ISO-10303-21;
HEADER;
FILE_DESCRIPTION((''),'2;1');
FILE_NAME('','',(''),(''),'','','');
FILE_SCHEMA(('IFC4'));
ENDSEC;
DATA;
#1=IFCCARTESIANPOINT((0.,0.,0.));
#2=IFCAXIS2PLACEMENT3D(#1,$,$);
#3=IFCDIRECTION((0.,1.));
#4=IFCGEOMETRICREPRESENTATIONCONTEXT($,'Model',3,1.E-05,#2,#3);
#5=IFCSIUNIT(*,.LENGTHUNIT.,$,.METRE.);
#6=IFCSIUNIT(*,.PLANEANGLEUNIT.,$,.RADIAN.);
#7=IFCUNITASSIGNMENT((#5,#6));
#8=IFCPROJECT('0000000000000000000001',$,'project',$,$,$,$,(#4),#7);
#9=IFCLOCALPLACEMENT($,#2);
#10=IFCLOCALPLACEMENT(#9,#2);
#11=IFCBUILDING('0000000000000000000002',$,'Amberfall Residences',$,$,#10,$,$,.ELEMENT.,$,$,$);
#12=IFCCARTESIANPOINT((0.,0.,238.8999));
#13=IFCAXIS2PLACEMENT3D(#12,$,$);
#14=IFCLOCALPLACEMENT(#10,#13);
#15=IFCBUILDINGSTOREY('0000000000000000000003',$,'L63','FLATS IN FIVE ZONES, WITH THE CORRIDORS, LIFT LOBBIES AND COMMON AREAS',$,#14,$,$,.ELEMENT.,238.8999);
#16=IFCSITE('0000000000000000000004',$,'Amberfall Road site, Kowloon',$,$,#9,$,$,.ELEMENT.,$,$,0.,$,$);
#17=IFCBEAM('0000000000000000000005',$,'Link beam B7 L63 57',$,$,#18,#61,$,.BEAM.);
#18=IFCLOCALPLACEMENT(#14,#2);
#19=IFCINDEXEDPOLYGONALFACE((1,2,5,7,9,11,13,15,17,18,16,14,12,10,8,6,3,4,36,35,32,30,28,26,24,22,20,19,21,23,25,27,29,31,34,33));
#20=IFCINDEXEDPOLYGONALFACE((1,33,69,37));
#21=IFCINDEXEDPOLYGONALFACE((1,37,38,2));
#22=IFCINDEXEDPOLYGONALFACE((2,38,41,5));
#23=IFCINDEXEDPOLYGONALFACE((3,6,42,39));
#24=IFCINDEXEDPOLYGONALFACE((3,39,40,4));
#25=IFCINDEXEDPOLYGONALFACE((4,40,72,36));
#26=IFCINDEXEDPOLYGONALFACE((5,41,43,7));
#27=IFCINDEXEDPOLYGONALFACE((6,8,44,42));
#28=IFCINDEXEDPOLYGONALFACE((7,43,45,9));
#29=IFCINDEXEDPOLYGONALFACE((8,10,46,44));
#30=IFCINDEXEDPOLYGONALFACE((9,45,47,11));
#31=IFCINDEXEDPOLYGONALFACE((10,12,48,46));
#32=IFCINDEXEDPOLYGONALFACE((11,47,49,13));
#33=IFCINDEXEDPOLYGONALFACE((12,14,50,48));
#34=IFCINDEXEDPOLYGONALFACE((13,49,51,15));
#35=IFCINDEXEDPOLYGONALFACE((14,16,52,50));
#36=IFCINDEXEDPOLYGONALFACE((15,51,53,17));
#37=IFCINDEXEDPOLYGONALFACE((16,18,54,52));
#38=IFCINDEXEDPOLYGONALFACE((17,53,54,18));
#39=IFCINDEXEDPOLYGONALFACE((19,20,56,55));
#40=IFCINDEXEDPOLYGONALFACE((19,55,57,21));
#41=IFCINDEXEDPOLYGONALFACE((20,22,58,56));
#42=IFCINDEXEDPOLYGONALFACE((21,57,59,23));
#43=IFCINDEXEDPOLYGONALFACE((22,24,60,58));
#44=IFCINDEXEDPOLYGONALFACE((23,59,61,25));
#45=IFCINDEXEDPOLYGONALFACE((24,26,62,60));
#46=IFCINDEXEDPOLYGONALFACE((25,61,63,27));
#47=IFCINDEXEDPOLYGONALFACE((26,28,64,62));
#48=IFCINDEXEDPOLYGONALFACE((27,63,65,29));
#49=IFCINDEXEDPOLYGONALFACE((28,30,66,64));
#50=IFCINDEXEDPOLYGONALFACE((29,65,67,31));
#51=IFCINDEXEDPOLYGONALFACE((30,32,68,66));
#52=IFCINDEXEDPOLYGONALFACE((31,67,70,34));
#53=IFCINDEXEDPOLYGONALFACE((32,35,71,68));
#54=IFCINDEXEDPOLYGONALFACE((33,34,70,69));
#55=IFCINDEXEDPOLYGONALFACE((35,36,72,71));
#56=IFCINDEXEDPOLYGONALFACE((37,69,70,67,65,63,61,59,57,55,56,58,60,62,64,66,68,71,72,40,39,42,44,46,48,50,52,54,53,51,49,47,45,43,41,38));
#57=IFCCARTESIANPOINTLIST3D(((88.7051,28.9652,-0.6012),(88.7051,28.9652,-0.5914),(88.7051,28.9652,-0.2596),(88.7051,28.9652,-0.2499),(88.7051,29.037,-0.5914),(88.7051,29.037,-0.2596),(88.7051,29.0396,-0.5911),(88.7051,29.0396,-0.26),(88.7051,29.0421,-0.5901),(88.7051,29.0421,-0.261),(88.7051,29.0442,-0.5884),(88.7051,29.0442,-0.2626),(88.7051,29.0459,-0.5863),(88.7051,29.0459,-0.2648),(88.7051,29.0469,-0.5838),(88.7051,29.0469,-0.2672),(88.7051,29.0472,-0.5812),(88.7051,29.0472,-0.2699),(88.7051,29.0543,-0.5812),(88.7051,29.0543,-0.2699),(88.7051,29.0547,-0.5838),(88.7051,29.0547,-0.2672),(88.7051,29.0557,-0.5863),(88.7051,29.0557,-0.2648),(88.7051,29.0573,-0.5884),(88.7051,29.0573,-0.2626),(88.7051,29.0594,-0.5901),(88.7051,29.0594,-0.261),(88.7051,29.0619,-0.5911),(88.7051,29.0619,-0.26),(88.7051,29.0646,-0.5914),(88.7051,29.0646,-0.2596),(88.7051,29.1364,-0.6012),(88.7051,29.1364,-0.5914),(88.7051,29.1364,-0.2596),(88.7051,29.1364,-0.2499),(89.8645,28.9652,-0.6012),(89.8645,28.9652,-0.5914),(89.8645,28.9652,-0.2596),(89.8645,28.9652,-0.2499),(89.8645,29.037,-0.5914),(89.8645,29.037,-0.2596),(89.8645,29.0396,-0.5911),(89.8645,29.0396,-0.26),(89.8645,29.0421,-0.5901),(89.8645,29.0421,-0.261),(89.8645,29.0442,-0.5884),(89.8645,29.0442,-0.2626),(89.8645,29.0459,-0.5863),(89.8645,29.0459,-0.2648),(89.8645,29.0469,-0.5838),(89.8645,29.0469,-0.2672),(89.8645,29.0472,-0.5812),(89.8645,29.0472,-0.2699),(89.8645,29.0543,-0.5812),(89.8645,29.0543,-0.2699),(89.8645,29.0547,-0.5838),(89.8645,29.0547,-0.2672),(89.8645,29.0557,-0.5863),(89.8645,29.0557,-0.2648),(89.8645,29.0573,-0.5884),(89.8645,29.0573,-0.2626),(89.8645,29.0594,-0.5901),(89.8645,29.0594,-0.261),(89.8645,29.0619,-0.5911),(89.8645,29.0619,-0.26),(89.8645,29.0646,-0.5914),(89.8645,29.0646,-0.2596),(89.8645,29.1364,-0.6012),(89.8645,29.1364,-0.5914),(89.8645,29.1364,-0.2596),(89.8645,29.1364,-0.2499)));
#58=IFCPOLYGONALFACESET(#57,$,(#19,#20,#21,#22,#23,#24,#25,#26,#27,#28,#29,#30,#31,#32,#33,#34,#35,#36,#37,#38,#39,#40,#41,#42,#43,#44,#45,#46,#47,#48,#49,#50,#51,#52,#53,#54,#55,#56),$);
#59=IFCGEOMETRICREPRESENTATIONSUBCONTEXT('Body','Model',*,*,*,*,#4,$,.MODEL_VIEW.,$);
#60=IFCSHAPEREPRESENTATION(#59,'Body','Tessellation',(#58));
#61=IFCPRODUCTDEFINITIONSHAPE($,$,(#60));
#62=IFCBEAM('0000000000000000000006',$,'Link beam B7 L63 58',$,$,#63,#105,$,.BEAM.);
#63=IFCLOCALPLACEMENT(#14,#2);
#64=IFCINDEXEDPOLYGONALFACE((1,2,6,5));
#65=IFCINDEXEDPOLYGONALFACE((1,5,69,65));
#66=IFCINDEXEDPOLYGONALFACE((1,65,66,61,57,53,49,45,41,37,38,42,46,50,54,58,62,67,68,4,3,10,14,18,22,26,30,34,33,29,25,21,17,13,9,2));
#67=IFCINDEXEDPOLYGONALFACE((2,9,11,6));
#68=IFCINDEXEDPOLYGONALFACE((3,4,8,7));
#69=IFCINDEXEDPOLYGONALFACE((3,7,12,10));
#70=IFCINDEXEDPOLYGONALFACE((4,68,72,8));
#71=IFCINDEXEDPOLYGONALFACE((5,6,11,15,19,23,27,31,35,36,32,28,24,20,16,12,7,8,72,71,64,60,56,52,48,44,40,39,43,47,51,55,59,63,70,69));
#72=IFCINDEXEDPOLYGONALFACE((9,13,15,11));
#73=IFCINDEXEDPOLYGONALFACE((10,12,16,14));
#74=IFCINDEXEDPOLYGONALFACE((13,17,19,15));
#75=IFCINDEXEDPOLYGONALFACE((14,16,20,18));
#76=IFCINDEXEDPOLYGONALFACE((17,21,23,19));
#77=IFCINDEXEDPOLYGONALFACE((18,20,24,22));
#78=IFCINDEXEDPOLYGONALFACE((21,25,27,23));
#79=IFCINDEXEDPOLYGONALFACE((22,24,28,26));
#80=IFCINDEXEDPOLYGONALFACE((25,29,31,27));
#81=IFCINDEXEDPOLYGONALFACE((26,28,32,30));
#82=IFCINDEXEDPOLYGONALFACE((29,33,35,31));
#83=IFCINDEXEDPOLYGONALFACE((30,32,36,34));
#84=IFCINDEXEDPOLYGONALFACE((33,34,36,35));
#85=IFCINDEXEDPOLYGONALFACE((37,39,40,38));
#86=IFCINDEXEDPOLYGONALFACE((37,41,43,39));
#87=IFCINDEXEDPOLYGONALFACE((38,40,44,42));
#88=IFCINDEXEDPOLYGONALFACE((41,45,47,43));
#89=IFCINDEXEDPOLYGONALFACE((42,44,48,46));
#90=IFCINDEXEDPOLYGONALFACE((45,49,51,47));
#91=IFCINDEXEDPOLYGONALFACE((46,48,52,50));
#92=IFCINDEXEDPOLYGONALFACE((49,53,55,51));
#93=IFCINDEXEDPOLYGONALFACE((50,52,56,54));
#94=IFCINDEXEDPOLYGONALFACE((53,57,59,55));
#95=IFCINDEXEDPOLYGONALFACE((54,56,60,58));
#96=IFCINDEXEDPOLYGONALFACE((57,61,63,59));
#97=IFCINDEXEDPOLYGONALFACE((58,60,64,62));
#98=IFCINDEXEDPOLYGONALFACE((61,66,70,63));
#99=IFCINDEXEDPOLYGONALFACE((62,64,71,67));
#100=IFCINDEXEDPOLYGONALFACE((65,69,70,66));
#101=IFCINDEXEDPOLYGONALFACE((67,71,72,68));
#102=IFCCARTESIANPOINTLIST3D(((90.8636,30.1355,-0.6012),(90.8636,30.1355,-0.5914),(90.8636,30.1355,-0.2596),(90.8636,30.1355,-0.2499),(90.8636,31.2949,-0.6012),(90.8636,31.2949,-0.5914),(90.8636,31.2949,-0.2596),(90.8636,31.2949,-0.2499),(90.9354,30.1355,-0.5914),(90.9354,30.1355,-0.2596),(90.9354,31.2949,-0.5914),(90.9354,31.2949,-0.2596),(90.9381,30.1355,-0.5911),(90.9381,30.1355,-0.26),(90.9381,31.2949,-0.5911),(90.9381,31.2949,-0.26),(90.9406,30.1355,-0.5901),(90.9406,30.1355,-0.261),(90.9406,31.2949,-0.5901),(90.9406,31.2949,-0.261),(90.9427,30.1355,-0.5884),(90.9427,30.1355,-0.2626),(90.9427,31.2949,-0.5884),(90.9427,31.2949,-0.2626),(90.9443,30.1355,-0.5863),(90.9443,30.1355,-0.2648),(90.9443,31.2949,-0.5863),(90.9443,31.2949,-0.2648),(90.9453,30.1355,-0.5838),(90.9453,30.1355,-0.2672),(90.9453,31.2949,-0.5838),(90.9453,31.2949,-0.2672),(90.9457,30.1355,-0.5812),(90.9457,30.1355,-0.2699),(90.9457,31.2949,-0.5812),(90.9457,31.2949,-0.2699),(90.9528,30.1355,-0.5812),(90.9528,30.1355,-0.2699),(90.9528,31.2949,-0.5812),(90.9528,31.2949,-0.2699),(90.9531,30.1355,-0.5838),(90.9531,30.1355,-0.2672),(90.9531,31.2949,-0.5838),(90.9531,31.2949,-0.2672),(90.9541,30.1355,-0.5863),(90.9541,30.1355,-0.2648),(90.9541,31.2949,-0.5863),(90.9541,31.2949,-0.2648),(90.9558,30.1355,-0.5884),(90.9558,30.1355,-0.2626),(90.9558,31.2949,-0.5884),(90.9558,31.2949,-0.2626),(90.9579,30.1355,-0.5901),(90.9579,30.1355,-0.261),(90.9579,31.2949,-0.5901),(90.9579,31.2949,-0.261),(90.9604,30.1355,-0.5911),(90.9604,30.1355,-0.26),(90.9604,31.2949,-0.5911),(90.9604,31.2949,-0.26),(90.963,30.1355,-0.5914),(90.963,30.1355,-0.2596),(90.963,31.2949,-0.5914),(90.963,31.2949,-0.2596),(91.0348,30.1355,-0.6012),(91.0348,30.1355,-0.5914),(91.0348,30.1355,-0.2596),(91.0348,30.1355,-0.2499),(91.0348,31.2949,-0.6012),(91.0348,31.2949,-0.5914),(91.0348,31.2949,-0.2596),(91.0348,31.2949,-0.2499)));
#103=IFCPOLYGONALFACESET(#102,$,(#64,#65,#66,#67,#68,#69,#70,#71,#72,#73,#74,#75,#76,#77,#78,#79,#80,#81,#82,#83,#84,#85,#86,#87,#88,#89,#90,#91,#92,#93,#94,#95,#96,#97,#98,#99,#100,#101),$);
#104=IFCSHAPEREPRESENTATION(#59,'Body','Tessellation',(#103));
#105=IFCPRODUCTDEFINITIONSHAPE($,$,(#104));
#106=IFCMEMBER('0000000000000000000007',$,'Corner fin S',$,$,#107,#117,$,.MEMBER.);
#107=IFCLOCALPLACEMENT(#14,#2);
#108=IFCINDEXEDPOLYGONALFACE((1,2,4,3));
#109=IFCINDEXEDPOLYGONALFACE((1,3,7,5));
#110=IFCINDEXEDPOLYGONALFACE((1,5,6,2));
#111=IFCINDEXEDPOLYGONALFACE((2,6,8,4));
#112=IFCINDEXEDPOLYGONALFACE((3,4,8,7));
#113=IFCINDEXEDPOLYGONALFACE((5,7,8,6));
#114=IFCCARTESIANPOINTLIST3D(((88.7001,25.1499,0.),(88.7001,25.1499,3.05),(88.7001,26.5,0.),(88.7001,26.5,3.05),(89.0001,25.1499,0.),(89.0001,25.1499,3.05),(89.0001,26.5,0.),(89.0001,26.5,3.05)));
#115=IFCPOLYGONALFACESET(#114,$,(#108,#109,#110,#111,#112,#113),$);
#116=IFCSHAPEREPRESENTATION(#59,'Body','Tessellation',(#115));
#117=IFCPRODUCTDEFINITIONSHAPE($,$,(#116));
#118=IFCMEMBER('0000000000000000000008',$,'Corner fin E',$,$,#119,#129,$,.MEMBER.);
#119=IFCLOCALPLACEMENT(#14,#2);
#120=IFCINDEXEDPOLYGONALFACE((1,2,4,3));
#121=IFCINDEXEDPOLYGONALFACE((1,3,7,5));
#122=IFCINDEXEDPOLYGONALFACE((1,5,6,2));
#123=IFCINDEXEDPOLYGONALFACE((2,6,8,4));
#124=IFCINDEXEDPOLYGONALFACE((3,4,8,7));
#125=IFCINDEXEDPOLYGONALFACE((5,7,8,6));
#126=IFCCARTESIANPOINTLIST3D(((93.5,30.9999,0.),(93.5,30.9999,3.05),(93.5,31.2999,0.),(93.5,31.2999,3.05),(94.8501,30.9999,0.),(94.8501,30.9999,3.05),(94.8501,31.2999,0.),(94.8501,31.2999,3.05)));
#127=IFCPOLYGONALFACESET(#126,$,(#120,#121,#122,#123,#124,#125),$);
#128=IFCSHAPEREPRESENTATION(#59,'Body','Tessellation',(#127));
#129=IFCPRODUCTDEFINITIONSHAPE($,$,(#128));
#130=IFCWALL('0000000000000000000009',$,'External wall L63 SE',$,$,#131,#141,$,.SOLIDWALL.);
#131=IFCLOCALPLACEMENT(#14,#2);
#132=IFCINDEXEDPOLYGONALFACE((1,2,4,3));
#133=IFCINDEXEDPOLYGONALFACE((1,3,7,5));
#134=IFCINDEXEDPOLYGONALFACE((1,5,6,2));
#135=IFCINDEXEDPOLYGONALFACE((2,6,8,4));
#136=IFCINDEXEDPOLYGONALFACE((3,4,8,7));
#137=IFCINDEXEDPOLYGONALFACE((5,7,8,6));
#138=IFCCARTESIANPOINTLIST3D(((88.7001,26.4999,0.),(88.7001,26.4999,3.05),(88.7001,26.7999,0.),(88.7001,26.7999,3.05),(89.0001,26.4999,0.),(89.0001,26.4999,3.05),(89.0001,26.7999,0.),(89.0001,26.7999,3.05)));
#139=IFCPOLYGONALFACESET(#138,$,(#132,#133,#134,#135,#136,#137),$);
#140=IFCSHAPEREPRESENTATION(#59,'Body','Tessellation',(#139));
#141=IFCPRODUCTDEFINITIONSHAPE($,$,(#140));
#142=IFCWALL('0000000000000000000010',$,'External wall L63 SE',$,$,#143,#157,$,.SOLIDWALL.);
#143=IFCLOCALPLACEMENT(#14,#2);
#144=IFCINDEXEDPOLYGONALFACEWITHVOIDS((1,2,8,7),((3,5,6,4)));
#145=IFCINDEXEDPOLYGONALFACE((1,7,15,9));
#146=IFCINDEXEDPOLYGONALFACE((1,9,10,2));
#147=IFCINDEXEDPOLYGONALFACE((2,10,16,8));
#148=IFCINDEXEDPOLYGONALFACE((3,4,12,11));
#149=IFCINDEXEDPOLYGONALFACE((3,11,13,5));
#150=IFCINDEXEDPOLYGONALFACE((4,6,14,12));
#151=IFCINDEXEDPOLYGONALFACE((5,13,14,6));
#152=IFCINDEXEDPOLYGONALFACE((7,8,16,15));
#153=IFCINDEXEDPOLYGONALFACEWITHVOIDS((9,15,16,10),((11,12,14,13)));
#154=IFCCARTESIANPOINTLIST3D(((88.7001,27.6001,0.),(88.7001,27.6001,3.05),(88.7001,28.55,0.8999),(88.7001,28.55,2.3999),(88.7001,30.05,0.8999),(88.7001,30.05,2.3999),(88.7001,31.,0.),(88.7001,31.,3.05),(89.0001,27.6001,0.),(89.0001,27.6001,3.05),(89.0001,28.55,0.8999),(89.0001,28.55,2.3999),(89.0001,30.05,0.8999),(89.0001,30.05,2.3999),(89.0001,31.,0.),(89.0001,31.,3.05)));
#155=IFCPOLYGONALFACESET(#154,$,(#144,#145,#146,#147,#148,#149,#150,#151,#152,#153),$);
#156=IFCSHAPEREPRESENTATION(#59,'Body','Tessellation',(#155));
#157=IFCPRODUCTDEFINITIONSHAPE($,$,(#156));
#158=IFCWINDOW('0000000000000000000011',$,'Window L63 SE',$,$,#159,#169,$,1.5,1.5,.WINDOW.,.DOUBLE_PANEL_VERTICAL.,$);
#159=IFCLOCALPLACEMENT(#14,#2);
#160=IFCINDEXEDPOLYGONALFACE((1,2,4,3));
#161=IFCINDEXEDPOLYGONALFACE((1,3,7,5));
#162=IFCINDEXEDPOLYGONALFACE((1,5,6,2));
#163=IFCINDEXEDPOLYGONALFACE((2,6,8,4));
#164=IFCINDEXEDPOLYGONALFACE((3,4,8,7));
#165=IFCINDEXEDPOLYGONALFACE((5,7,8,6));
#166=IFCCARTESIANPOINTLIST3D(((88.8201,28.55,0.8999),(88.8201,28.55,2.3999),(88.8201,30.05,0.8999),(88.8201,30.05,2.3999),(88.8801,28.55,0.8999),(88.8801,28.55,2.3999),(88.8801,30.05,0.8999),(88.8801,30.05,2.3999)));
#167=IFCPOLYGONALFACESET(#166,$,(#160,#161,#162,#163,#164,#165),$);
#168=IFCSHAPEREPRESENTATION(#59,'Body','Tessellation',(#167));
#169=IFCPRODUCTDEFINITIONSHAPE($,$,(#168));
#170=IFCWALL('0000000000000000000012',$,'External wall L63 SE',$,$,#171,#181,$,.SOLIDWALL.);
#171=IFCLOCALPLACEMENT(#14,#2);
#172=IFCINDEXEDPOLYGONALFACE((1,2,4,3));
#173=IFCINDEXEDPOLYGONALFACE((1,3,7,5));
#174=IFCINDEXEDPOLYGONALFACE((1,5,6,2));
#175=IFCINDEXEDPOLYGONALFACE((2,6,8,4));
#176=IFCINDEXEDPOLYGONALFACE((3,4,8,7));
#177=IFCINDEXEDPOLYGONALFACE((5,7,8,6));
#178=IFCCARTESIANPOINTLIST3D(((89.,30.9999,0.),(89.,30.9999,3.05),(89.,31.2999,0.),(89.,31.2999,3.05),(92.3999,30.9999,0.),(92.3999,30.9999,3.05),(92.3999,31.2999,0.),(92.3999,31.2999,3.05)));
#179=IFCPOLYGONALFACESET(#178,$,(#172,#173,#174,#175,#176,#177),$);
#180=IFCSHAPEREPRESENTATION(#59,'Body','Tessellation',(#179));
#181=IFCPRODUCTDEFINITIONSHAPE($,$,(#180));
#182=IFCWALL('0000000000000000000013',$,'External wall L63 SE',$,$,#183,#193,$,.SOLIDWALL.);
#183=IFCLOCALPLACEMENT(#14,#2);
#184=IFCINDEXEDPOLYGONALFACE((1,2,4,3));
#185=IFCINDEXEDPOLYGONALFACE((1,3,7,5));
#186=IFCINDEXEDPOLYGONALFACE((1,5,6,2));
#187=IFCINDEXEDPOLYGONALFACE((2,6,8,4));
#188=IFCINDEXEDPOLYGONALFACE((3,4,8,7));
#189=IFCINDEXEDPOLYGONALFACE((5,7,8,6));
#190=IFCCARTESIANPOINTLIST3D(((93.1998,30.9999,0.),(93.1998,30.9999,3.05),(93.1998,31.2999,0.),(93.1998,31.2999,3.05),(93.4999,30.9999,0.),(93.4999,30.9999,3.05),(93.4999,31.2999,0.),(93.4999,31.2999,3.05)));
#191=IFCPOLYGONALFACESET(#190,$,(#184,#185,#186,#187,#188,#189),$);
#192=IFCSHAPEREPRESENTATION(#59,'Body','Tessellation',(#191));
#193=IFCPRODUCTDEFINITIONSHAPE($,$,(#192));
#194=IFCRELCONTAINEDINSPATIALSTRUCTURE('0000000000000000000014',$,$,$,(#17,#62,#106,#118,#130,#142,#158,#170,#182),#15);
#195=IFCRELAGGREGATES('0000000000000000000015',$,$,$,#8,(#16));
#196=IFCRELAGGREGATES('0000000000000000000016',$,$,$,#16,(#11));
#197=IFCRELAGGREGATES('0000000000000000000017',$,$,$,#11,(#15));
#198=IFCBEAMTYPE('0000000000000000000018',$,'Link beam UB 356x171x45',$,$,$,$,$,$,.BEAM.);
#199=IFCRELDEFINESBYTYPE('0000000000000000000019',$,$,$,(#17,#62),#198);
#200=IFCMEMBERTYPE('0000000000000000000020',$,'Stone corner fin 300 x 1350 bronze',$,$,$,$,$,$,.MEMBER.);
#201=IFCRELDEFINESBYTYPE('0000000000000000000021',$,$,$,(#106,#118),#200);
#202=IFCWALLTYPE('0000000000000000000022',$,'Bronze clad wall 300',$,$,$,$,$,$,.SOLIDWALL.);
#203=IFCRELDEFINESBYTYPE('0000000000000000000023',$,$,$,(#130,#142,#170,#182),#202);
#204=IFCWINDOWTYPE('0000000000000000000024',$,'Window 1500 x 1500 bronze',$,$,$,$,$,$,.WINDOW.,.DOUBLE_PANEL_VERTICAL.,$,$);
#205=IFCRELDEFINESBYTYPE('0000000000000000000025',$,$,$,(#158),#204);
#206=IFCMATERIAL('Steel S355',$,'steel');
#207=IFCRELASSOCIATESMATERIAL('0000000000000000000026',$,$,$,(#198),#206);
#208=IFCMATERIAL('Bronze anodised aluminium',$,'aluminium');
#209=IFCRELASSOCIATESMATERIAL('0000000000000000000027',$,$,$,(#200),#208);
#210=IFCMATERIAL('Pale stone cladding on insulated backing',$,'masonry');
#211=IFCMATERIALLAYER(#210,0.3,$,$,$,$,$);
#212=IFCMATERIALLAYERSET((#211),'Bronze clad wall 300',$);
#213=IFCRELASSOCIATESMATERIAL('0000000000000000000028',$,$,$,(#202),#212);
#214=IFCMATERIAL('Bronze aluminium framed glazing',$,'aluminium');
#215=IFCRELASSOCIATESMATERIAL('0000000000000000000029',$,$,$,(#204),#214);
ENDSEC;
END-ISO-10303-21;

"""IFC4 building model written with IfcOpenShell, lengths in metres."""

from ifc_helpers import new_model, si_unit, direction, frame, frame_2d, origin, origin_2d, place, context, subcontext, project, spatial, rectangle, i_section, extrude, material, layer, layer_set, material_profile, profile_set, type_object, element, fill, save


model = new_model("IFC4")

# Units and contexts
model_context = context("Model", 3, precision=1e-05, world=origin(), true_north=direction((0.0, 1.0)))
body_context = subcontext(model_context, "Body", "Model", "MODEL_VIEW")
ifc_project = project(units=[si_unit("LENGTHUNIT", "METRE"), si_unit("PLANEANGLEUNIT", "RADIAN")], contexts=[model_context])

# Site, building, storey
site_placement = place(None, origin())
site = spatial("IfcSite", under=ifc_project, at=site_placement, Name="Amberfall Road site, Kowloon", CompositionType="ELEMENT", RefElevation=0.0)
building_placement = place(site_placement, origin())
building = spatial("IfcBuilding", under=site, at=building_placement, Name="Amberfall Residences", CompositionType="ELEMENT")
storey_placement = place(building_placement, frame((0.0, 0.0, 238.8999)))
storey = spatial("IfcBuildingStorey", under=building, at=storey_placement, Name="L63", Description="FLATS IN FIVE ZONES, WITH THE CORRIDORS, LIFT LOBBIES AND COMMON AREAS", CompositionType="ELEMENT", Elevation=238.8999)

# Beams
ifc_material_1 = material(Name="Steel S355", Category="steel")
ifc_material_profile_1 = material_profile(ifc_material_1, i_section(OverallWidth=0.1711, OverallDepth=0.3513, WebThickness=0.0071, FlangeThickness=0.0098, FilletRadius=0.0103, at=origin_2d()), Name="UB 356x171x45")
ifc_profile_set_1 = profile_set([ifc_material_profile_1], Name="Steel S355")
beam_type_1 = type_object("IfcBeamType", Name="Link beam UB 356x171x45", PredefinedType="BEAM", material=ifc_profile_set_1)
for number, where, z_axis, x_axis, name in (
    (1, (89.8645, 29.0508, -0.4255), (-1.0, 0.0, 0.0), (0.0, -1.0, 0.0), "Link beam B7 L63 57"),
    (2, (90.9492, 30.1355, -0.4255), (0.0, 1.0, 0.0), (-1.0, 0.0, 0.0), "Link beam B7 L63 58"),
):
    element("IfcBeam", number, at=place(storey_placement, frame(where, z_axis=z_axis, x_axis=x_axis)), inside=storey, type_object=beam_type_1, Name=name, PredefinedType="BEAM", context=body_context, shape_type="SweptSolid", body=[
        extrude(i_section(OverallWidth=0.1711, OverallDepth=0.3513, WebThickness=0.0071, FlangeThickness=0.0098, FilletRadius=0.0103, at=origin_2d()), origin(), (0.0, 0.0, 1.0), 1.1594),
    ])

# Members
ifc_material_2 = material(Name="Bronze anodised aluminium", Category="aluminium")
ifc_material_profile_2 = material_profile(ifc_material_2, rectangle(XDim=1.3501, YDim=0.3, at=origin_2d()), Name="Stone corner fin 300 x 1350 bronze")
ifc_profile_set_2 = profile_set([ifc_material_profile_2], Name="Bronze anodised aluminium")
member_type = type_object("IfcMemberType", Name="Stone corner fin 300 x 1350 bronze", PredefinedType="MEMBER", material=ifc_profile_set_2)
for number, where, z_axis, x_axis, name in (
    (3, (88.8501, 25.825, 0.0), (0.0, 0.0, 1.0), (0.0, 1.0, 0.0), "Corner fin S"),
    (4, (94.175, 31.1499, 0.0), (0.0, 0.0, 1.0), (-1.0, 0.0, 0.0), "Corner fin E"),
):
    element("IfcMember", number, at=place(storey_placement, frame(where, z_axis=z_axis, x_axis=x_axis)), inside=storey, type_object=member_type, Name=name, PredefinedType="MEMBER", context=body_context, shape_type="SweptSolid", body=[
        extrude(rectangle(XDim=1.3501, YDim=0.3, at=origin_2d()), origin(), (0.0, 0.0, 1.0), 3.05),
    ])

# Wall
ifc_material_3 = material(Name="Pale stone cladding on insulated backing", Category="masonry")
ifc_layer_1 = layer(ifc_material_3, 0.3)
ifc_layer_set_1 = layer_set([ifc_layer_1], Name="Bronze clad wall 300")
wall_type_1 = type_object("IfcWallType", Name="Bronze clad wall 300", PredefinedType="SOLIDWALL", material=ifc_layer_set_1)
wall_1_placement = place(storey_placement, frame((88.8501, 26.5, 0.0), z_axis=(0.0, 0.0, 1.0), x_axis=(0.0, 1.0, 0.0)))
element("IfcWall", 5, at=wall_1_placement, inside=storey, type_object=wall_type_1, Name="External wall L63 SE", PredefinedType="SOLIDWALL", context=body_context, shape_type="SweptSolid", body=[
    extrude(rectangle(XDim=0.3, YDim=0.3, at=frame_2d((0.1499, 0.0))), origin(), (0.0, 0.0, 1.0), 3.05),
])

# Wall, opening, window
wall_2_placement = place(storey_placement, frame((88.8501, 27.6001, 0.0), z_axis=(0.0, 0.0, 1.0), x_axis=(0.0, 1.0, 0.0)))
wall_2 = element("IfcWall", 6, at=wall_2_placement, inside=storey, type_object=wall_type_1, Name="External wall L63 SE", PredefinedType="SOLIDWALL", context=body_context, shape_type="SweptSolid", body=[
    extrude(rectangle(XDim=3.3999, YDim=0.3, at=frame_2d((1.7, 0.0))), origin(), (0.0, 0.0, 1.0), 3.05),
])
opening_1_placement = place(wall_2_placement, frame((0.95, 0.0, 0.8999)))
opening_1 = element("IfcOpeningElement", 7, at=opening_1_placement, cuts=wall_2, PredefinedType="OPENING", context=body_context, shape_type="SweptSolid", body=[
    extrude(rectangle(XDim=1.5, YDim=1.5, at=frame_2d((0.75, 0.75))), frame((0.0, 0.1599, 0.0), z_axis=(0.0, -1.0, 0.0), x_axis=(1.0, 0.0, 0.0)), (0.0, 0.0, 1.0), 0.3201),
])
ifc_material_4 = material(Name="Bronze aluminium framed glazing", Category="aluminium")
window_type_1 = type_object("IfcWindowType", Name="Window 1500 x 1500 bronze", PartitioningType="DOUBLE_PANEL_VERTICAL", PredefinedType="WINDOW", material=ifc_material_4)
window_1_placement = place(opening_1_placement, origin())
window_1 = element("IfcWindow", 8, at=window_1_placement, inside=storey, type_object=window_type_1, Name="Window L63 SE", OverallHeight=1.5, OverallWidth=1.5, PartitioningType="DOUBLE_PANEL_VERTICAL", PredefinedType="WINDOW", context=body_context, shape_type="SweptSolid", body=[
    extrude(rectangle(XDim=1.5, YDim=1.5, at=frame_2d((0.75, 0.75))), frame((0.0, 0.03, 0.0), z_axis=(0.0, -1.0, 0.0), x_axis=(1.0, 0.0, 0.0)), (0.0, 0.0, 1.0), 0.0601),
])
fill(opening_1, window_1)

# Walls
wall_3_placement = place(storey_placement, frame((89.0, 31.1499, 0.0), z_axis=(0.0, 0.0, 1.0), x_axis=(1.0, 0.0, 0.0)))
element("IfcWall", 9, at=wall_3_placement, inside=storey, type_object=wall_type_1, Name="External wall L63 SE", PredefinedType="SOLIDWALL", context=body_context, shape_type="SweptSolid", body=[
    extrude(rectangle(XDim=3.3999, YDim=0.3, at=frame_2d((1.7, 0.0))), origin(), (0.0, 0.0, 1.0), 3.05),
])
wall_4_placement = place(storey_placement, frame((93.2, 31.1499, 0.0), z_axis=(0.0, 0.0, 1.0), x_axis=(1.0, 0.0, 0.0)))
element("IfcWall", 10, at=wall_4_placement, inside=storey, type_object=wall_type_1, Name="External wall L63 SE", PredefinedType="SOLIDWALL", context=body_context, shape_type="SweptSolid", body=[
    extrude(rectangle(XDim=0.3, YDim=0.3, at=frame_2d((0.1499, 0.0))), origin(), (0.0, 0.0, 1.0), 3.05),
])

save(model, "model.ifc")
